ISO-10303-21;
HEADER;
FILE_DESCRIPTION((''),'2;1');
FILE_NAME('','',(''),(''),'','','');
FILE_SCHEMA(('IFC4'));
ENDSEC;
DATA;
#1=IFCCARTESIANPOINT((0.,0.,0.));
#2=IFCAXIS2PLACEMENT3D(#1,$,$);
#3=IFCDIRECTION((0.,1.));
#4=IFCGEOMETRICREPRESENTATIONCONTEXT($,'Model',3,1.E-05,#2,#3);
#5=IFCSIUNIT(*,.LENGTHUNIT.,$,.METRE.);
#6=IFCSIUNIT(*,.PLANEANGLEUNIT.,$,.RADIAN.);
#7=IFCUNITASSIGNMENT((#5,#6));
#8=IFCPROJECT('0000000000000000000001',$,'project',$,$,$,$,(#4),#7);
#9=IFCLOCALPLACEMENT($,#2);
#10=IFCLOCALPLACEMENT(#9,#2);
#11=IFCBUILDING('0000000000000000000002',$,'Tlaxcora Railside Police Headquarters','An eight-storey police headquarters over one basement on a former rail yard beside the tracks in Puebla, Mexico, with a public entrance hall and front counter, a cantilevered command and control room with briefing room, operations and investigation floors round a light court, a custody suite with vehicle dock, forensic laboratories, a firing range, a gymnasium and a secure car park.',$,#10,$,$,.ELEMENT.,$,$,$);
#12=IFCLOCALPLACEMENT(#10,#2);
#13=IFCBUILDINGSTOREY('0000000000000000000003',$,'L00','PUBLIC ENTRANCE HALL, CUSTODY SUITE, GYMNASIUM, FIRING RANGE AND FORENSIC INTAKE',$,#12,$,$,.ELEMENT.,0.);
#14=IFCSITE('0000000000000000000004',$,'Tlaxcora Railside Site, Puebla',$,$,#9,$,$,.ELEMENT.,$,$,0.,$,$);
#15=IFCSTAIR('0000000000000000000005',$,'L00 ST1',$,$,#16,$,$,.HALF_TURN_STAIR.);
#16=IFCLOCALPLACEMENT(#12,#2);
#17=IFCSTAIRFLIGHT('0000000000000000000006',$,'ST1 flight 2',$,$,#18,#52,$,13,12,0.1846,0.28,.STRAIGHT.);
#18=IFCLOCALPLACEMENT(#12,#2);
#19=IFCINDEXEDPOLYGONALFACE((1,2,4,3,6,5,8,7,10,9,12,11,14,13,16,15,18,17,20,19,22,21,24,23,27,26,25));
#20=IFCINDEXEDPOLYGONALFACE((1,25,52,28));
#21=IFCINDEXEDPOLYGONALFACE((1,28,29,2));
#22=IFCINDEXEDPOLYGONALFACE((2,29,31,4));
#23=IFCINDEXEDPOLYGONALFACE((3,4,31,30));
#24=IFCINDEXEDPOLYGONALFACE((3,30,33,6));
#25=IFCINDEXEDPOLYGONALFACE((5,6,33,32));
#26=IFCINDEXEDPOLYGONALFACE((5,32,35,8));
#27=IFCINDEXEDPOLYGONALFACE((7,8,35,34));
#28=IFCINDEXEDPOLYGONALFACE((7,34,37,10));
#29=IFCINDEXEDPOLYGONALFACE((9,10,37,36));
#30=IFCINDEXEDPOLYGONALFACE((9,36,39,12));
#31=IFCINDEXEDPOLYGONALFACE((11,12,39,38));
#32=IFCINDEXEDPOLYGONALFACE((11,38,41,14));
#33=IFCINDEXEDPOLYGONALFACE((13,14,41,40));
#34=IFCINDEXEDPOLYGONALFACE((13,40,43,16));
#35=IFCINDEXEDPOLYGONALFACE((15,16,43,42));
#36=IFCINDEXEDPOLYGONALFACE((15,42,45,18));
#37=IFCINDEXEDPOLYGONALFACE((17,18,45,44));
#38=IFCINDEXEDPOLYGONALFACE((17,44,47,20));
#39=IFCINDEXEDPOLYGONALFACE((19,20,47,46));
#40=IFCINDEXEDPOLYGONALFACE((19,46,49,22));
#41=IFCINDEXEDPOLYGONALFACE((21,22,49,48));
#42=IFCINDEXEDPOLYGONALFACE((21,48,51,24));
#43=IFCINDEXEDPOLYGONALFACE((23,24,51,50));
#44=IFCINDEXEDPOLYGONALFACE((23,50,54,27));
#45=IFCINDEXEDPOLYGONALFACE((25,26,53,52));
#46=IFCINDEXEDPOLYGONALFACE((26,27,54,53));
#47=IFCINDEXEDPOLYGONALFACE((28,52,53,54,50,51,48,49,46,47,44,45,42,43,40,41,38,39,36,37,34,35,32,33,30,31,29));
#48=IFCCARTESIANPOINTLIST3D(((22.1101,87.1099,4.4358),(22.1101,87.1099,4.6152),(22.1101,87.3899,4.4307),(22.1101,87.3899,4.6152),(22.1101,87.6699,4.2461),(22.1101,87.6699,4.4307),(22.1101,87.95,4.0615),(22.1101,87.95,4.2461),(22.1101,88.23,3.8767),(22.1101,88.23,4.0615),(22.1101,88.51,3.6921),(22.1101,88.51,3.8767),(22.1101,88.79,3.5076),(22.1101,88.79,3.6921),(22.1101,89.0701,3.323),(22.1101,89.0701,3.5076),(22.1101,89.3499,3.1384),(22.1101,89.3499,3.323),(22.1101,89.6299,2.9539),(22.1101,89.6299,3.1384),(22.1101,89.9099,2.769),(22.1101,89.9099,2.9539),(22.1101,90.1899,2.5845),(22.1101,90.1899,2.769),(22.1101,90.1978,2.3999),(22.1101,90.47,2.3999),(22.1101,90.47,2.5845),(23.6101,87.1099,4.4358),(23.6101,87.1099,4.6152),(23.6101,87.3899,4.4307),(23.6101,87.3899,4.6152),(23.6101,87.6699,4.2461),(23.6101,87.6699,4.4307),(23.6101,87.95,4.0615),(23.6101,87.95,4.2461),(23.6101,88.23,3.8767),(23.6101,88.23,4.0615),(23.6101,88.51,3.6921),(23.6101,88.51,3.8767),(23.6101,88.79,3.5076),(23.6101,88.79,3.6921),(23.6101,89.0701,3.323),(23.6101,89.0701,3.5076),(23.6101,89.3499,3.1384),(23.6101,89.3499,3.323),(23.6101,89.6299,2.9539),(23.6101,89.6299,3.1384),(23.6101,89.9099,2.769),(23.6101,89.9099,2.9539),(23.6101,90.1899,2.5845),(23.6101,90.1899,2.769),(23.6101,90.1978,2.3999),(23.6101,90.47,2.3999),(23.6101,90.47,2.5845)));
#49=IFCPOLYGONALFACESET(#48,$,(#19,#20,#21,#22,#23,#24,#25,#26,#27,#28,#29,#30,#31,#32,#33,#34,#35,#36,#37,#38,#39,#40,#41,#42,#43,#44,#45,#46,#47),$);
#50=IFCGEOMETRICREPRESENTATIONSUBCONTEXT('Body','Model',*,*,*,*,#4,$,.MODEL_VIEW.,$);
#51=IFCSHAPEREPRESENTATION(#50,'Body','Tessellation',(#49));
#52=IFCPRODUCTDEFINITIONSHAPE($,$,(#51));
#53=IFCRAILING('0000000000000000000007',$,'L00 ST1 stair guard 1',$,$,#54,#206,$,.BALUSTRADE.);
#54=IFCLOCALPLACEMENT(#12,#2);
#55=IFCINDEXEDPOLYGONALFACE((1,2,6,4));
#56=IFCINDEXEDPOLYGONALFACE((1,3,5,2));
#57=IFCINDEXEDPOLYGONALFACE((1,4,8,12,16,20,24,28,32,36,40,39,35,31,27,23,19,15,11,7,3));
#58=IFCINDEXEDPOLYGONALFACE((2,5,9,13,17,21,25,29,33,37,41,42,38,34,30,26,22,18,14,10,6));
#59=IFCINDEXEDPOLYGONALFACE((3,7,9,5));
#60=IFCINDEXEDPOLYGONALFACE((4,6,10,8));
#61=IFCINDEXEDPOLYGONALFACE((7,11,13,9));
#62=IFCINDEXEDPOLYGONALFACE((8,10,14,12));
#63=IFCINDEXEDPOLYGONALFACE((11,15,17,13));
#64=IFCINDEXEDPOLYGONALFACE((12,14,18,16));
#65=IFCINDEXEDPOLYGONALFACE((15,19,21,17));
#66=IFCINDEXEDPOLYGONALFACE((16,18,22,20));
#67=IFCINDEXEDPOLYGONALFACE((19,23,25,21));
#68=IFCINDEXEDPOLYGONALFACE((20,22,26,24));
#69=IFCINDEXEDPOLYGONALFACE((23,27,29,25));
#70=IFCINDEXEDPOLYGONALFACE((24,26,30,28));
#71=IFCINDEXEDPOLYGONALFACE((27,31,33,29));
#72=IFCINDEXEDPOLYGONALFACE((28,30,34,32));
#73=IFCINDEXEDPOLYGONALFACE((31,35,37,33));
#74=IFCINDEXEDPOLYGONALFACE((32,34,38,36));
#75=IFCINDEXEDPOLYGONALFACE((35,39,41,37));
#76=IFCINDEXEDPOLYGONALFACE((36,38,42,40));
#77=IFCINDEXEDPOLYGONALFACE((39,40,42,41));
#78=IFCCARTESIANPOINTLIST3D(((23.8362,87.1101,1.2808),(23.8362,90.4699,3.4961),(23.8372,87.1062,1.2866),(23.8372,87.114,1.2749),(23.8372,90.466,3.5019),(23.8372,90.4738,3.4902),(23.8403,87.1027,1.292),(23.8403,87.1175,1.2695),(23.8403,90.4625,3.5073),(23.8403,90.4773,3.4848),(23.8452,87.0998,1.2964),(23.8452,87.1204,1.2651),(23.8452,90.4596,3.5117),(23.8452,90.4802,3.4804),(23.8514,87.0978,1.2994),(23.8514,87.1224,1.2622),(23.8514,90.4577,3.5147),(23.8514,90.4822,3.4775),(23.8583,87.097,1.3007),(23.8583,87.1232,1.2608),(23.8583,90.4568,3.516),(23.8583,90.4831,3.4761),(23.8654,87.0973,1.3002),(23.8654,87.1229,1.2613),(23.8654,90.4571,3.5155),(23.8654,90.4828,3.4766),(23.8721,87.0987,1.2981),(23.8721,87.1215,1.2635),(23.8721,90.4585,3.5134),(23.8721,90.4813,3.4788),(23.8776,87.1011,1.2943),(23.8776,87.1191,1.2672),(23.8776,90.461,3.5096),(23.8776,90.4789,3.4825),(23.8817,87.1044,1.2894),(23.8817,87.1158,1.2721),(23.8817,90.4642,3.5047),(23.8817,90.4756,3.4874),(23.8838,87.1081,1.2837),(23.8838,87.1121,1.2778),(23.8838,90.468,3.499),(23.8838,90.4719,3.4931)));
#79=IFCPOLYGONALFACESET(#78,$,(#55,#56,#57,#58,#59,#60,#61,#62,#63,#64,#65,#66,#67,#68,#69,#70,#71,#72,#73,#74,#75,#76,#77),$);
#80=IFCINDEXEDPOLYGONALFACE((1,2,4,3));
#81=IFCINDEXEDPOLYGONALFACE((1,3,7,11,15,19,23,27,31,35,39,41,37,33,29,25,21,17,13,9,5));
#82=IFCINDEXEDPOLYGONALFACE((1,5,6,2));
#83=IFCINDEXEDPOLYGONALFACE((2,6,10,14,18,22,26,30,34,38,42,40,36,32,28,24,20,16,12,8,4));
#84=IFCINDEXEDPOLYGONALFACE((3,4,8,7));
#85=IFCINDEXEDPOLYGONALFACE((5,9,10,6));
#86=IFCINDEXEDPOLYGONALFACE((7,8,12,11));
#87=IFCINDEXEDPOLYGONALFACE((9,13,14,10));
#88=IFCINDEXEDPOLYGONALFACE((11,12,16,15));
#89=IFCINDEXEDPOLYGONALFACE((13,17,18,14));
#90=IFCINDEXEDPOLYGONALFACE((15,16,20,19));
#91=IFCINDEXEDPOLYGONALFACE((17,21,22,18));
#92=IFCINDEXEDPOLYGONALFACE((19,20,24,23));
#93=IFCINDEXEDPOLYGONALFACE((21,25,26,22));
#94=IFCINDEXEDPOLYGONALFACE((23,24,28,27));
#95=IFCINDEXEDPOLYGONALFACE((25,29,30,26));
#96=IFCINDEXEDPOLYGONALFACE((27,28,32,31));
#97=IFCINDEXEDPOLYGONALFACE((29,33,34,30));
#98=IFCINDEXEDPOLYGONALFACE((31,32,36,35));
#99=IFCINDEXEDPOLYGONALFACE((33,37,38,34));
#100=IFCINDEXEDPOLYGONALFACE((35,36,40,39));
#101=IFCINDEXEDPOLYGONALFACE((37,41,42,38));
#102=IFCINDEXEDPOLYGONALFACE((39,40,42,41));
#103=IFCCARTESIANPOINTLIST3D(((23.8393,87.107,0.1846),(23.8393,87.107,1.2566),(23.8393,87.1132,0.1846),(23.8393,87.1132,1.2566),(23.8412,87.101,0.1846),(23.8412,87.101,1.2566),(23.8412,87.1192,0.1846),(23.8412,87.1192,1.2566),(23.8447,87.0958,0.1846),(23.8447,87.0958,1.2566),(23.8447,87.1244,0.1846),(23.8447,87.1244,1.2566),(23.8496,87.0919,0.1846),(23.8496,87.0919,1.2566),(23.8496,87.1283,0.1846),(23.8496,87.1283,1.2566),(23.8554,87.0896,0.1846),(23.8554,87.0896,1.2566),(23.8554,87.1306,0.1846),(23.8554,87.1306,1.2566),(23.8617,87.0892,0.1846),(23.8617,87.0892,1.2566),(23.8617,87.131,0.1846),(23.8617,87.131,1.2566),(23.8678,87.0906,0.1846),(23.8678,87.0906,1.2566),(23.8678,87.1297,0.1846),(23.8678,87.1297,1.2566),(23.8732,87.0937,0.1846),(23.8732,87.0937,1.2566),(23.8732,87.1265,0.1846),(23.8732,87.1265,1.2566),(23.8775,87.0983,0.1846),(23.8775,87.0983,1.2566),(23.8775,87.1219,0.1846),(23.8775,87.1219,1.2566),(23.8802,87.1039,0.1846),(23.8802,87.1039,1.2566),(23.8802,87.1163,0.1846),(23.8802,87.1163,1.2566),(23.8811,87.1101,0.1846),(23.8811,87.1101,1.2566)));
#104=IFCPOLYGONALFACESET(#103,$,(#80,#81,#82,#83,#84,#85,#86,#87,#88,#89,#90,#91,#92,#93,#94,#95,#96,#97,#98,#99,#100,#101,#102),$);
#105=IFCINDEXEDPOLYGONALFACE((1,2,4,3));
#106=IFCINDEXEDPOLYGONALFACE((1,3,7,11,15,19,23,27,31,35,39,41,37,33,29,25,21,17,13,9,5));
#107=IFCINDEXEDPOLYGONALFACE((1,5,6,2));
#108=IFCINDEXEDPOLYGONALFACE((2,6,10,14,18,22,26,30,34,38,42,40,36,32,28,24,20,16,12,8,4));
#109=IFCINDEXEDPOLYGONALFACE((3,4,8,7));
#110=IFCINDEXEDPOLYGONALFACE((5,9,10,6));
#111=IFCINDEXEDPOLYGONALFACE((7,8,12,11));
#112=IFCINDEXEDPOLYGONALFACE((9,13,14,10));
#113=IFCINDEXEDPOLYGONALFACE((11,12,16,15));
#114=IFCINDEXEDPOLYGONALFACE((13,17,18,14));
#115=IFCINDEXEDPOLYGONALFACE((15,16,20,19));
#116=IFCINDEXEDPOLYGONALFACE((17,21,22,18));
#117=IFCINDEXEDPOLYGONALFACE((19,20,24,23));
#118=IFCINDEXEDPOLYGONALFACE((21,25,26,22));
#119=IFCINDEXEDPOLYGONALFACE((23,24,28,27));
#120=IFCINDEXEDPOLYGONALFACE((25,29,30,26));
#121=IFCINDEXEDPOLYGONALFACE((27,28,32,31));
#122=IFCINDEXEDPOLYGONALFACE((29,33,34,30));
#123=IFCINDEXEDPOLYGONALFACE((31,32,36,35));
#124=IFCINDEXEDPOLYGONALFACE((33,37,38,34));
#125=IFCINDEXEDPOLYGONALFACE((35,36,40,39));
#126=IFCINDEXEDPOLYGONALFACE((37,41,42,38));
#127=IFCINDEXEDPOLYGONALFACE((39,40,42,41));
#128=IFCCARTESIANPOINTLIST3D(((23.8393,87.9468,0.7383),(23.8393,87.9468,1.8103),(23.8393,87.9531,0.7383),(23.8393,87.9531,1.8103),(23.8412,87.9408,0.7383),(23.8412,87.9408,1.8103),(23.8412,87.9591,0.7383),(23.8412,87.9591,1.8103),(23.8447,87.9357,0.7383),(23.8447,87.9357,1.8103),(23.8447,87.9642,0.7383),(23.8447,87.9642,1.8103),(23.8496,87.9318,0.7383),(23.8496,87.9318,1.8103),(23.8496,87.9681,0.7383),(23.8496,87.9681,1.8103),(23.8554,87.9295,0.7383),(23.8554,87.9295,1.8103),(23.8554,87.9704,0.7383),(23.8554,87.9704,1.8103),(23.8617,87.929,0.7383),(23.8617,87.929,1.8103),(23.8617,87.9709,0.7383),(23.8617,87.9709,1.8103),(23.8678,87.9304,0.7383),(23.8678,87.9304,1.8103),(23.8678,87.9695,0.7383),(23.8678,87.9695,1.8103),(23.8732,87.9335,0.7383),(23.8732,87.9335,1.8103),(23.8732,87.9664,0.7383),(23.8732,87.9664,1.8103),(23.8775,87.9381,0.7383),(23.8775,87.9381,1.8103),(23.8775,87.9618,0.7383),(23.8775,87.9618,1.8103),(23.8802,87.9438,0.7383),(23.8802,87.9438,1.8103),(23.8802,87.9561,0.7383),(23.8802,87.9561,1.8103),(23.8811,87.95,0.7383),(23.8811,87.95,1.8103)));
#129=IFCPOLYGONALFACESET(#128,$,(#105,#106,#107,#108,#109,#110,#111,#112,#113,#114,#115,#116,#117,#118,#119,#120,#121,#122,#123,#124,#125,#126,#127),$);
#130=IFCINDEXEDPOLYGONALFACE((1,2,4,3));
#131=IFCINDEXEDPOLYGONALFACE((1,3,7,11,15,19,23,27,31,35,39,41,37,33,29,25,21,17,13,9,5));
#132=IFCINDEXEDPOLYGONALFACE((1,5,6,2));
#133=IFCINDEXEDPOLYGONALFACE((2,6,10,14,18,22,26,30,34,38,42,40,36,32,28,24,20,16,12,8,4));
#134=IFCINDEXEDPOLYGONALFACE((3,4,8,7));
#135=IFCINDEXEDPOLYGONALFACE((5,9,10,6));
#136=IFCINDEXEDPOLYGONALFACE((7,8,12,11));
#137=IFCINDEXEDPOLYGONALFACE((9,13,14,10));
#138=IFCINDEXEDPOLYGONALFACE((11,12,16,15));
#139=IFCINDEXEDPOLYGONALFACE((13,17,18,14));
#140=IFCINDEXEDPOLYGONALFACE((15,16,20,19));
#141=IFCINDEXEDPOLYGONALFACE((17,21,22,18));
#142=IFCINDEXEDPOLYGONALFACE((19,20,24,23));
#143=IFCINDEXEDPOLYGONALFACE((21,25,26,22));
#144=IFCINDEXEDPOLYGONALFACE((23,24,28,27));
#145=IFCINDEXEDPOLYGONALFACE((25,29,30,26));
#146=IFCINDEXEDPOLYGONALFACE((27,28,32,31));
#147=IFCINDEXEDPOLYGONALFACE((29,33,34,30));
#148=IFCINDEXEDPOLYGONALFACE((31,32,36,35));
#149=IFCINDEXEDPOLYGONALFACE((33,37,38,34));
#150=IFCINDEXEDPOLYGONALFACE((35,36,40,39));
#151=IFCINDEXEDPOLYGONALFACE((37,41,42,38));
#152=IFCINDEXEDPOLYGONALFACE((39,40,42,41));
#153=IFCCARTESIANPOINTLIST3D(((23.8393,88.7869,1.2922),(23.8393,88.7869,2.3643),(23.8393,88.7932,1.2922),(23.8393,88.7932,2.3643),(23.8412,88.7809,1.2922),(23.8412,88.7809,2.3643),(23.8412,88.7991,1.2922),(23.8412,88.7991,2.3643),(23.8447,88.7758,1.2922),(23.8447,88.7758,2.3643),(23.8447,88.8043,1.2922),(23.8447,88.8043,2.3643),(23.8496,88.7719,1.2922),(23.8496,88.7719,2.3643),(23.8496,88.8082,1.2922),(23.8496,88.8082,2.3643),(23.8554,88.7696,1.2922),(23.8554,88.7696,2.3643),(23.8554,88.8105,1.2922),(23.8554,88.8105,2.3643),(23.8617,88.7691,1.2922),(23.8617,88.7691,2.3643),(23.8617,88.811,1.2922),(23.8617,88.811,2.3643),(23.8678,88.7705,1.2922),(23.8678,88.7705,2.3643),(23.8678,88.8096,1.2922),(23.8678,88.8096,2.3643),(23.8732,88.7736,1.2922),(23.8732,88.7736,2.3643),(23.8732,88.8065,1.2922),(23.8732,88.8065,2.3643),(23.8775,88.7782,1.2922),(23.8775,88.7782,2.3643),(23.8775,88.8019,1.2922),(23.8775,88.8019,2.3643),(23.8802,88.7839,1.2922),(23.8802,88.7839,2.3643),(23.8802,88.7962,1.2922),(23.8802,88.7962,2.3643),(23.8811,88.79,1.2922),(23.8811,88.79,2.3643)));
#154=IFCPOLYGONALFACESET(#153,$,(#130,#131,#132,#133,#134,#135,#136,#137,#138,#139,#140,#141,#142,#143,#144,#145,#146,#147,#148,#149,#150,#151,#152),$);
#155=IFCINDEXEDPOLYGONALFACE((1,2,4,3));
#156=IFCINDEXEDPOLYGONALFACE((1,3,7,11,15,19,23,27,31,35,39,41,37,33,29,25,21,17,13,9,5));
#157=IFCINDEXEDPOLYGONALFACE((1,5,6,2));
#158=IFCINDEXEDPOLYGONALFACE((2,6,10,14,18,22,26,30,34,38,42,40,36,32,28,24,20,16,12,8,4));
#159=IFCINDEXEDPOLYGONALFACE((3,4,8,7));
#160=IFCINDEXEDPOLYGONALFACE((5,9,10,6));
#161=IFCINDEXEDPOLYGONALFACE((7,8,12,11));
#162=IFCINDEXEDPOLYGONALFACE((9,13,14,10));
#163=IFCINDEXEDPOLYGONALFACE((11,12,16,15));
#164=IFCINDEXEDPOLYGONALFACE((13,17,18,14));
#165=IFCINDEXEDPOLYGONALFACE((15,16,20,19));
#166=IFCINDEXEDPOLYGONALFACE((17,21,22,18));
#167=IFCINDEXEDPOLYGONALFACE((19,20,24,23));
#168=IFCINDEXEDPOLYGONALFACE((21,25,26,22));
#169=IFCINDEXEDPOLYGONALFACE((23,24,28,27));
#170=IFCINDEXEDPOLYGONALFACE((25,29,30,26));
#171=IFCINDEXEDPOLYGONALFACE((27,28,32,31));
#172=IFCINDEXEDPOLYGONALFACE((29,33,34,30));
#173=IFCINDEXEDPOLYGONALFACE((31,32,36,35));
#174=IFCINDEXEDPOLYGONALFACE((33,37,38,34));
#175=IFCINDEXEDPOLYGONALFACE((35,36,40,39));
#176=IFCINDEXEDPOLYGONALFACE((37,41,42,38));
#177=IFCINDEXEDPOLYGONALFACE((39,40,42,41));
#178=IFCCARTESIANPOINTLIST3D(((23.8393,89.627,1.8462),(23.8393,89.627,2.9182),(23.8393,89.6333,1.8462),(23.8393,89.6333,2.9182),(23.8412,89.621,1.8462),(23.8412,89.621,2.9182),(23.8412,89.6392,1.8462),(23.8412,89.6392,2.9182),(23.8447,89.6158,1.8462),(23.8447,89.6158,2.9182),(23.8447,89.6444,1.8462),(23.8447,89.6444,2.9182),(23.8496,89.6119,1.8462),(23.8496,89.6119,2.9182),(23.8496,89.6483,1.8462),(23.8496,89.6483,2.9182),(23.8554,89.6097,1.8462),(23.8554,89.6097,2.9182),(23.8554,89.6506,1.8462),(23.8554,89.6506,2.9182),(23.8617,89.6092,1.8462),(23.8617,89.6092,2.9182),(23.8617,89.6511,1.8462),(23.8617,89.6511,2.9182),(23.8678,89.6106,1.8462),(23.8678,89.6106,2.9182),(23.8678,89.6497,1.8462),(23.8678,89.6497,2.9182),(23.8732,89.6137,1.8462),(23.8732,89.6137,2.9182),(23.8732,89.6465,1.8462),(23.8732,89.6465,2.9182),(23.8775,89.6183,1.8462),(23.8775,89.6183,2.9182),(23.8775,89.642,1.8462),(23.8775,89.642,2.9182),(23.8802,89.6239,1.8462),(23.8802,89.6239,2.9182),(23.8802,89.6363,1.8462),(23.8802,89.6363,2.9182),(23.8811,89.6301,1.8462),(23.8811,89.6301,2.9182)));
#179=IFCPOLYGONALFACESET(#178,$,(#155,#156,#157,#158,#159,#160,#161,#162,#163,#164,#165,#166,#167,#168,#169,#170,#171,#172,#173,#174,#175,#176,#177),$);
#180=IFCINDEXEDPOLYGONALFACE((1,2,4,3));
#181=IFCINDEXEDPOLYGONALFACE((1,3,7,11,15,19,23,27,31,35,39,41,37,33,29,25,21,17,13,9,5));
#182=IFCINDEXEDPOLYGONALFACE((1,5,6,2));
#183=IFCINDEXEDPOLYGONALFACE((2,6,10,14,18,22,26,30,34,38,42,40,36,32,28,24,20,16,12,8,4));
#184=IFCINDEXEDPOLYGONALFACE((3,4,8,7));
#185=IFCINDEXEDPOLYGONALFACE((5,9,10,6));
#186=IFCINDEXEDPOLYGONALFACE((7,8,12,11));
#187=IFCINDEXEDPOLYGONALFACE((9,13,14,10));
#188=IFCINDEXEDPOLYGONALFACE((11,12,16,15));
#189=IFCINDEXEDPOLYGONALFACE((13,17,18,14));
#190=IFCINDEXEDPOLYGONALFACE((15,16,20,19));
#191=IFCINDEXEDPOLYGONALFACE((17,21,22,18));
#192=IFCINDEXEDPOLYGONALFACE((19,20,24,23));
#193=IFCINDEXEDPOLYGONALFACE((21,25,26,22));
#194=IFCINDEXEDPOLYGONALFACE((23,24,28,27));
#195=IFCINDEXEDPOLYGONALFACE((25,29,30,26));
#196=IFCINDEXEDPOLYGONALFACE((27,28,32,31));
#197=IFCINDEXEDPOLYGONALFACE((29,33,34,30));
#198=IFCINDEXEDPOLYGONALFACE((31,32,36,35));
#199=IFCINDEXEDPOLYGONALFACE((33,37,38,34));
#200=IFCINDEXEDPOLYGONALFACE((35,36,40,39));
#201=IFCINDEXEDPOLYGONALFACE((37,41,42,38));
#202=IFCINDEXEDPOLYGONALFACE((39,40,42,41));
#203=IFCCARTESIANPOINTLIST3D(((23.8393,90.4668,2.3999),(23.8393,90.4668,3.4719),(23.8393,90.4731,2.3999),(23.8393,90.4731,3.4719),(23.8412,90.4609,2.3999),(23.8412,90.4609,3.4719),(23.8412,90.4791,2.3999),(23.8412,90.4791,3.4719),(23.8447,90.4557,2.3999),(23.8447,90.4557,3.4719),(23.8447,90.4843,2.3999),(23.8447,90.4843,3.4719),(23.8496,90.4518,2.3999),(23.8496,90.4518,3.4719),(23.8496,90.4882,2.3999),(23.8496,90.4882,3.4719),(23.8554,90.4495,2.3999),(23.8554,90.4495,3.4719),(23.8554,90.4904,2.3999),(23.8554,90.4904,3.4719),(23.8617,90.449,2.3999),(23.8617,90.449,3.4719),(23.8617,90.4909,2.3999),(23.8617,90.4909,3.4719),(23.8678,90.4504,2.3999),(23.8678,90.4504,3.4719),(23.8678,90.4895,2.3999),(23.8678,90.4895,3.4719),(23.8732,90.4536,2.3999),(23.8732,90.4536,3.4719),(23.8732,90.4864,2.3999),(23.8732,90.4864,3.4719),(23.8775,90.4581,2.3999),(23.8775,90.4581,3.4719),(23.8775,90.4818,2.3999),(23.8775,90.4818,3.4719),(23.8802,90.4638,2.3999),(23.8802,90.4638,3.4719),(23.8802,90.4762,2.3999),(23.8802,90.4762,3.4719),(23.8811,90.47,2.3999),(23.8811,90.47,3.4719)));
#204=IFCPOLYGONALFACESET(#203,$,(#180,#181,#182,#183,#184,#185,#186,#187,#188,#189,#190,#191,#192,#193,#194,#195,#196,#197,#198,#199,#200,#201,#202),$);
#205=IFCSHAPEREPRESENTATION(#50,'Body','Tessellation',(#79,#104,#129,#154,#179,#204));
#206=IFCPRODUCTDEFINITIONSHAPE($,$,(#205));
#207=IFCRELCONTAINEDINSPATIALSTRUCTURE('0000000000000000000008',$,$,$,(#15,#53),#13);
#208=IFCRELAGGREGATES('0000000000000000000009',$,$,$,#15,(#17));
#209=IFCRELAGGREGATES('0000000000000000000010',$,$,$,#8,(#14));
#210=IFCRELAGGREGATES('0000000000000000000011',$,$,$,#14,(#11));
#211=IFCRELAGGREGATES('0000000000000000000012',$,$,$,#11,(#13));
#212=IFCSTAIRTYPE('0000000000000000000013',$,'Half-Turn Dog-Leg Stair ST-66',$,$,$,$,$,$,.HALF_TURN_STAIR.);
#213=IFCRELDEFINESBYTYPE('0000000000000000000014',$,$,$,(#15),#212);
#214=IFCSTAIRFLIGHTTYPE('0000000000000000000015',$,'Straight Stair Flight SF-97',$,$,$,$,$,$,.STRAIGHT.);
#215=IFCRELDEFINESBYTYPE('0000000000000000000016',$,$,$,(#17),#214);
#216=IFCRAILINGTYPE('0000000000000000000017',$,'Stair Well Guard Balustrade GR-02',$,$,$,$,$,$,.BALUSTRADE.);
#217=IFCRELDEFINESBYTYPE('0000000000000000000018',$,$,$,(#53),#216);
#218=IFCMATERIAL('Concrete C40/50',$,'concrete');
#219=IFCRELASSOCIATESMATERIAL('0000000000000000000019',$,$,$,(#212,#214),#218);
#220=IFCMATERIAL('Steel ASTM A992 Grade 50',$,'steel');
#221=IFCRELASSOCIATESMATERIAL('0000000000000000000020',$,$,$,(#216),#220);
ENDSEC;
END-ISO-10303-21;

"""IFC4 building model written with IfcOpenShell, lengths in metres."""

from ifc_helpers import new_model, si_unit, direction, frame, origin, origin_2d, place, context, subcontext, project, spatial, polyline, circle, outline, extrude, material, type_object, element, aggregate, save


model = new_model("IFC4")

# Units and contexts
model_context = context("Model", 3, precision=1e-05, world=origin(), true_north=direction((0.0, 1.0)))
body_context = subcontext(model_context, "Body", "Model", "MODEL_VIEW")
ifc_project = project(units=[si_unit("LENGTHUNIT", "METRE"), si_unit("PLANEANGLEUNIT", "RADIAN")], contexts=[model_context])

# Site, building, storey
site_placement = place(None, origin())
site = spatial("IfcSite", under=ifc_project, at=site_placement, Name="Tlaxcora Railside Site, Puebla", CompositionType="ELEMENT", RefElevation=0.0)
building_placement = place(site_placement, origin())
building = spatial("IfcBuilding", under=site, at=building_placement, Name="Tlaxcora Railside Police Headquarters", Description="An eight-storey police headquarters over one basement on a former rail yard beside the tracks in Puebla, Mexico, with a public entrance hall and front counter, a cantilevered command and control room with briefing room, operations and investigation floors round a light court, a custody suite with vehicle dock, forensic laboratories, a firing range, a gymnasium and a secure car park.", CompositionType="ELEMENT")
storey_placement = place(building_placement, origin())
storey = spatial("IfcBuildingStorey", under=building, at=storey_placement, Name="L00", Description="PUBLIC ENTRANCE HALL, CUSTODY SUITE, GYMNASIUM, FIRING RANGE AND FORENSIC INTAKE", CompositionType="ELEMENT", Elevation=0.0)

# Shared definitions
ifc_material_1 = material(Name="Concrete C40/50", Category="concrete")

# Shared definitions
ifc_material_2 = material(Name="Steel ASTM A992 Grade 50", Category="steel")

# Stair, stair flight
stair_type = type_object("IfcStairType", Name="Half-Turn Dog-Leg Stair ST-66", PredefinedType="HALF_TURN_STAIR", material=ifc_material_1)
stair_placement = place(storey_placement, origin())
stair = element("IfcStair", 1, at=stair_placement, inside=storey, type_object=stair_type, Name="L00 ST1", PredefinedType="HALF_TURN_STAIR")
stair_flight_type = type_object("IfcStairFlightType", Name="Straight Stair Flight SF-97", PredefinedType="STRAIGHT", material=ifc_material_1)
stair_flight_1_placement = place(storey_placement, frame((22.8601, 90.47, 2.3999), z_axis=(0.0, 0.0, 1.0), x_axis=(0.0, -1.0, 0.0)))
stair_flight_1 = element("IfcStairFlight", 2, at=stair_flight_1_placement, type_object=stair_flight_type, Name="ST1 flight 2", NumberOfRisers=13, NumberOfTreads=12, PredefinedType="STRAIGHT", RiserHeight=0.1846, TreadLength=0.28, context=body_context, shape_type="SweptSolid", body=[
    extrude(outline(polyline([(0.0, 0.0), (0.0, 0.1846), (0.28, 0.1846), (0.28, 0.3691), (0.5601, 0.3691), (0.5601, 0.554), (0.8401, 0.554), (0.8401, 0.7385), (1.1201, 0.7385), (1.1201, 0.9231), (1.3999, 0.9231), (1.3999, 1.1077), (1.6799, 1.1077), (1.6799, 1.2922), (1.96, 1.2922), (1.96, 1.4768), (2.24, 1.4768), (2.24, 1.6616), (2.52, 1.6616), (2.52, 1.8462), (2.8, 1.8462), (2.8, 2.0308), (3.0801, 2.0308), (3.0801, 2.2153), (3.3601, 2.2153), (3.3601, 2.3999), (3.3601, 2.0359), (0.2722, 0.0), (0.0, 0.0)])), frame((0.0, 0.75, 0.0), z_axis=(0.0, -1.0, 0.0), x_axis=(1.0, 0.0, 0.0)), (0.0, 0.0, 1.0), 1.5),
])
aggregate(stair, [stair_flight_1])

# Railing
railing_type_1 = type_object("IfcRailingType", Name="Stair Well Guard Balustrade GR-02", PredefinedType="BALUSTRADE", material=ifc_material_2)
railing_1_placement = place(storey_placement, frame((23.8601, 87.1101, 0.1846)))
element("IfcRailing", 3, at=railing_1_placement, inside=storey, type_object=railing_type_1, Name="L00 ST1 stair guard 1", PredefinedType="BALUSTRADE", context=body_context, shape_type="SweptSolid", body=[
    extrude(circle(Radius=0.0239, at=origin_2d()), frame((0.0, 0.0, 1.0962), z_axis=(0.0, 0.834858, 0.550465), x_axis=(-1.0, 0.0, 0.0)), (0.0, 0.0, 1.0), 4.0244),
    extrude(circle(Radius=0.021, at=origin_2d()), origin(), (0.0, 0.0, 1.0), 1.072),
    extrude(circle(Radius=0.021, at=origin_2d()), frame((0.0, 0.8398, 0.5537)), (0.0, 0.0, 1.0), 1.072),
    extrude(circle(Radius=0.021, at=origin_2d()), frame((0.0, 1.6799, 1.1077)), (0.0, 0.0, 1.0), 1.072),
    extrude(circle(Radius=0.021, at=origin_2d()), frame((0.0, 2.52, 1.6616)), (0.0, 0.0, 1.0), 1.072),
    extrude(circle(Radius=0.021, at=origin_2d()), frame((0.0, 3.3599, 2.2153)), (0.0, 0.0, 1.0), 1.072),
])

save(model, "model.ifc")
